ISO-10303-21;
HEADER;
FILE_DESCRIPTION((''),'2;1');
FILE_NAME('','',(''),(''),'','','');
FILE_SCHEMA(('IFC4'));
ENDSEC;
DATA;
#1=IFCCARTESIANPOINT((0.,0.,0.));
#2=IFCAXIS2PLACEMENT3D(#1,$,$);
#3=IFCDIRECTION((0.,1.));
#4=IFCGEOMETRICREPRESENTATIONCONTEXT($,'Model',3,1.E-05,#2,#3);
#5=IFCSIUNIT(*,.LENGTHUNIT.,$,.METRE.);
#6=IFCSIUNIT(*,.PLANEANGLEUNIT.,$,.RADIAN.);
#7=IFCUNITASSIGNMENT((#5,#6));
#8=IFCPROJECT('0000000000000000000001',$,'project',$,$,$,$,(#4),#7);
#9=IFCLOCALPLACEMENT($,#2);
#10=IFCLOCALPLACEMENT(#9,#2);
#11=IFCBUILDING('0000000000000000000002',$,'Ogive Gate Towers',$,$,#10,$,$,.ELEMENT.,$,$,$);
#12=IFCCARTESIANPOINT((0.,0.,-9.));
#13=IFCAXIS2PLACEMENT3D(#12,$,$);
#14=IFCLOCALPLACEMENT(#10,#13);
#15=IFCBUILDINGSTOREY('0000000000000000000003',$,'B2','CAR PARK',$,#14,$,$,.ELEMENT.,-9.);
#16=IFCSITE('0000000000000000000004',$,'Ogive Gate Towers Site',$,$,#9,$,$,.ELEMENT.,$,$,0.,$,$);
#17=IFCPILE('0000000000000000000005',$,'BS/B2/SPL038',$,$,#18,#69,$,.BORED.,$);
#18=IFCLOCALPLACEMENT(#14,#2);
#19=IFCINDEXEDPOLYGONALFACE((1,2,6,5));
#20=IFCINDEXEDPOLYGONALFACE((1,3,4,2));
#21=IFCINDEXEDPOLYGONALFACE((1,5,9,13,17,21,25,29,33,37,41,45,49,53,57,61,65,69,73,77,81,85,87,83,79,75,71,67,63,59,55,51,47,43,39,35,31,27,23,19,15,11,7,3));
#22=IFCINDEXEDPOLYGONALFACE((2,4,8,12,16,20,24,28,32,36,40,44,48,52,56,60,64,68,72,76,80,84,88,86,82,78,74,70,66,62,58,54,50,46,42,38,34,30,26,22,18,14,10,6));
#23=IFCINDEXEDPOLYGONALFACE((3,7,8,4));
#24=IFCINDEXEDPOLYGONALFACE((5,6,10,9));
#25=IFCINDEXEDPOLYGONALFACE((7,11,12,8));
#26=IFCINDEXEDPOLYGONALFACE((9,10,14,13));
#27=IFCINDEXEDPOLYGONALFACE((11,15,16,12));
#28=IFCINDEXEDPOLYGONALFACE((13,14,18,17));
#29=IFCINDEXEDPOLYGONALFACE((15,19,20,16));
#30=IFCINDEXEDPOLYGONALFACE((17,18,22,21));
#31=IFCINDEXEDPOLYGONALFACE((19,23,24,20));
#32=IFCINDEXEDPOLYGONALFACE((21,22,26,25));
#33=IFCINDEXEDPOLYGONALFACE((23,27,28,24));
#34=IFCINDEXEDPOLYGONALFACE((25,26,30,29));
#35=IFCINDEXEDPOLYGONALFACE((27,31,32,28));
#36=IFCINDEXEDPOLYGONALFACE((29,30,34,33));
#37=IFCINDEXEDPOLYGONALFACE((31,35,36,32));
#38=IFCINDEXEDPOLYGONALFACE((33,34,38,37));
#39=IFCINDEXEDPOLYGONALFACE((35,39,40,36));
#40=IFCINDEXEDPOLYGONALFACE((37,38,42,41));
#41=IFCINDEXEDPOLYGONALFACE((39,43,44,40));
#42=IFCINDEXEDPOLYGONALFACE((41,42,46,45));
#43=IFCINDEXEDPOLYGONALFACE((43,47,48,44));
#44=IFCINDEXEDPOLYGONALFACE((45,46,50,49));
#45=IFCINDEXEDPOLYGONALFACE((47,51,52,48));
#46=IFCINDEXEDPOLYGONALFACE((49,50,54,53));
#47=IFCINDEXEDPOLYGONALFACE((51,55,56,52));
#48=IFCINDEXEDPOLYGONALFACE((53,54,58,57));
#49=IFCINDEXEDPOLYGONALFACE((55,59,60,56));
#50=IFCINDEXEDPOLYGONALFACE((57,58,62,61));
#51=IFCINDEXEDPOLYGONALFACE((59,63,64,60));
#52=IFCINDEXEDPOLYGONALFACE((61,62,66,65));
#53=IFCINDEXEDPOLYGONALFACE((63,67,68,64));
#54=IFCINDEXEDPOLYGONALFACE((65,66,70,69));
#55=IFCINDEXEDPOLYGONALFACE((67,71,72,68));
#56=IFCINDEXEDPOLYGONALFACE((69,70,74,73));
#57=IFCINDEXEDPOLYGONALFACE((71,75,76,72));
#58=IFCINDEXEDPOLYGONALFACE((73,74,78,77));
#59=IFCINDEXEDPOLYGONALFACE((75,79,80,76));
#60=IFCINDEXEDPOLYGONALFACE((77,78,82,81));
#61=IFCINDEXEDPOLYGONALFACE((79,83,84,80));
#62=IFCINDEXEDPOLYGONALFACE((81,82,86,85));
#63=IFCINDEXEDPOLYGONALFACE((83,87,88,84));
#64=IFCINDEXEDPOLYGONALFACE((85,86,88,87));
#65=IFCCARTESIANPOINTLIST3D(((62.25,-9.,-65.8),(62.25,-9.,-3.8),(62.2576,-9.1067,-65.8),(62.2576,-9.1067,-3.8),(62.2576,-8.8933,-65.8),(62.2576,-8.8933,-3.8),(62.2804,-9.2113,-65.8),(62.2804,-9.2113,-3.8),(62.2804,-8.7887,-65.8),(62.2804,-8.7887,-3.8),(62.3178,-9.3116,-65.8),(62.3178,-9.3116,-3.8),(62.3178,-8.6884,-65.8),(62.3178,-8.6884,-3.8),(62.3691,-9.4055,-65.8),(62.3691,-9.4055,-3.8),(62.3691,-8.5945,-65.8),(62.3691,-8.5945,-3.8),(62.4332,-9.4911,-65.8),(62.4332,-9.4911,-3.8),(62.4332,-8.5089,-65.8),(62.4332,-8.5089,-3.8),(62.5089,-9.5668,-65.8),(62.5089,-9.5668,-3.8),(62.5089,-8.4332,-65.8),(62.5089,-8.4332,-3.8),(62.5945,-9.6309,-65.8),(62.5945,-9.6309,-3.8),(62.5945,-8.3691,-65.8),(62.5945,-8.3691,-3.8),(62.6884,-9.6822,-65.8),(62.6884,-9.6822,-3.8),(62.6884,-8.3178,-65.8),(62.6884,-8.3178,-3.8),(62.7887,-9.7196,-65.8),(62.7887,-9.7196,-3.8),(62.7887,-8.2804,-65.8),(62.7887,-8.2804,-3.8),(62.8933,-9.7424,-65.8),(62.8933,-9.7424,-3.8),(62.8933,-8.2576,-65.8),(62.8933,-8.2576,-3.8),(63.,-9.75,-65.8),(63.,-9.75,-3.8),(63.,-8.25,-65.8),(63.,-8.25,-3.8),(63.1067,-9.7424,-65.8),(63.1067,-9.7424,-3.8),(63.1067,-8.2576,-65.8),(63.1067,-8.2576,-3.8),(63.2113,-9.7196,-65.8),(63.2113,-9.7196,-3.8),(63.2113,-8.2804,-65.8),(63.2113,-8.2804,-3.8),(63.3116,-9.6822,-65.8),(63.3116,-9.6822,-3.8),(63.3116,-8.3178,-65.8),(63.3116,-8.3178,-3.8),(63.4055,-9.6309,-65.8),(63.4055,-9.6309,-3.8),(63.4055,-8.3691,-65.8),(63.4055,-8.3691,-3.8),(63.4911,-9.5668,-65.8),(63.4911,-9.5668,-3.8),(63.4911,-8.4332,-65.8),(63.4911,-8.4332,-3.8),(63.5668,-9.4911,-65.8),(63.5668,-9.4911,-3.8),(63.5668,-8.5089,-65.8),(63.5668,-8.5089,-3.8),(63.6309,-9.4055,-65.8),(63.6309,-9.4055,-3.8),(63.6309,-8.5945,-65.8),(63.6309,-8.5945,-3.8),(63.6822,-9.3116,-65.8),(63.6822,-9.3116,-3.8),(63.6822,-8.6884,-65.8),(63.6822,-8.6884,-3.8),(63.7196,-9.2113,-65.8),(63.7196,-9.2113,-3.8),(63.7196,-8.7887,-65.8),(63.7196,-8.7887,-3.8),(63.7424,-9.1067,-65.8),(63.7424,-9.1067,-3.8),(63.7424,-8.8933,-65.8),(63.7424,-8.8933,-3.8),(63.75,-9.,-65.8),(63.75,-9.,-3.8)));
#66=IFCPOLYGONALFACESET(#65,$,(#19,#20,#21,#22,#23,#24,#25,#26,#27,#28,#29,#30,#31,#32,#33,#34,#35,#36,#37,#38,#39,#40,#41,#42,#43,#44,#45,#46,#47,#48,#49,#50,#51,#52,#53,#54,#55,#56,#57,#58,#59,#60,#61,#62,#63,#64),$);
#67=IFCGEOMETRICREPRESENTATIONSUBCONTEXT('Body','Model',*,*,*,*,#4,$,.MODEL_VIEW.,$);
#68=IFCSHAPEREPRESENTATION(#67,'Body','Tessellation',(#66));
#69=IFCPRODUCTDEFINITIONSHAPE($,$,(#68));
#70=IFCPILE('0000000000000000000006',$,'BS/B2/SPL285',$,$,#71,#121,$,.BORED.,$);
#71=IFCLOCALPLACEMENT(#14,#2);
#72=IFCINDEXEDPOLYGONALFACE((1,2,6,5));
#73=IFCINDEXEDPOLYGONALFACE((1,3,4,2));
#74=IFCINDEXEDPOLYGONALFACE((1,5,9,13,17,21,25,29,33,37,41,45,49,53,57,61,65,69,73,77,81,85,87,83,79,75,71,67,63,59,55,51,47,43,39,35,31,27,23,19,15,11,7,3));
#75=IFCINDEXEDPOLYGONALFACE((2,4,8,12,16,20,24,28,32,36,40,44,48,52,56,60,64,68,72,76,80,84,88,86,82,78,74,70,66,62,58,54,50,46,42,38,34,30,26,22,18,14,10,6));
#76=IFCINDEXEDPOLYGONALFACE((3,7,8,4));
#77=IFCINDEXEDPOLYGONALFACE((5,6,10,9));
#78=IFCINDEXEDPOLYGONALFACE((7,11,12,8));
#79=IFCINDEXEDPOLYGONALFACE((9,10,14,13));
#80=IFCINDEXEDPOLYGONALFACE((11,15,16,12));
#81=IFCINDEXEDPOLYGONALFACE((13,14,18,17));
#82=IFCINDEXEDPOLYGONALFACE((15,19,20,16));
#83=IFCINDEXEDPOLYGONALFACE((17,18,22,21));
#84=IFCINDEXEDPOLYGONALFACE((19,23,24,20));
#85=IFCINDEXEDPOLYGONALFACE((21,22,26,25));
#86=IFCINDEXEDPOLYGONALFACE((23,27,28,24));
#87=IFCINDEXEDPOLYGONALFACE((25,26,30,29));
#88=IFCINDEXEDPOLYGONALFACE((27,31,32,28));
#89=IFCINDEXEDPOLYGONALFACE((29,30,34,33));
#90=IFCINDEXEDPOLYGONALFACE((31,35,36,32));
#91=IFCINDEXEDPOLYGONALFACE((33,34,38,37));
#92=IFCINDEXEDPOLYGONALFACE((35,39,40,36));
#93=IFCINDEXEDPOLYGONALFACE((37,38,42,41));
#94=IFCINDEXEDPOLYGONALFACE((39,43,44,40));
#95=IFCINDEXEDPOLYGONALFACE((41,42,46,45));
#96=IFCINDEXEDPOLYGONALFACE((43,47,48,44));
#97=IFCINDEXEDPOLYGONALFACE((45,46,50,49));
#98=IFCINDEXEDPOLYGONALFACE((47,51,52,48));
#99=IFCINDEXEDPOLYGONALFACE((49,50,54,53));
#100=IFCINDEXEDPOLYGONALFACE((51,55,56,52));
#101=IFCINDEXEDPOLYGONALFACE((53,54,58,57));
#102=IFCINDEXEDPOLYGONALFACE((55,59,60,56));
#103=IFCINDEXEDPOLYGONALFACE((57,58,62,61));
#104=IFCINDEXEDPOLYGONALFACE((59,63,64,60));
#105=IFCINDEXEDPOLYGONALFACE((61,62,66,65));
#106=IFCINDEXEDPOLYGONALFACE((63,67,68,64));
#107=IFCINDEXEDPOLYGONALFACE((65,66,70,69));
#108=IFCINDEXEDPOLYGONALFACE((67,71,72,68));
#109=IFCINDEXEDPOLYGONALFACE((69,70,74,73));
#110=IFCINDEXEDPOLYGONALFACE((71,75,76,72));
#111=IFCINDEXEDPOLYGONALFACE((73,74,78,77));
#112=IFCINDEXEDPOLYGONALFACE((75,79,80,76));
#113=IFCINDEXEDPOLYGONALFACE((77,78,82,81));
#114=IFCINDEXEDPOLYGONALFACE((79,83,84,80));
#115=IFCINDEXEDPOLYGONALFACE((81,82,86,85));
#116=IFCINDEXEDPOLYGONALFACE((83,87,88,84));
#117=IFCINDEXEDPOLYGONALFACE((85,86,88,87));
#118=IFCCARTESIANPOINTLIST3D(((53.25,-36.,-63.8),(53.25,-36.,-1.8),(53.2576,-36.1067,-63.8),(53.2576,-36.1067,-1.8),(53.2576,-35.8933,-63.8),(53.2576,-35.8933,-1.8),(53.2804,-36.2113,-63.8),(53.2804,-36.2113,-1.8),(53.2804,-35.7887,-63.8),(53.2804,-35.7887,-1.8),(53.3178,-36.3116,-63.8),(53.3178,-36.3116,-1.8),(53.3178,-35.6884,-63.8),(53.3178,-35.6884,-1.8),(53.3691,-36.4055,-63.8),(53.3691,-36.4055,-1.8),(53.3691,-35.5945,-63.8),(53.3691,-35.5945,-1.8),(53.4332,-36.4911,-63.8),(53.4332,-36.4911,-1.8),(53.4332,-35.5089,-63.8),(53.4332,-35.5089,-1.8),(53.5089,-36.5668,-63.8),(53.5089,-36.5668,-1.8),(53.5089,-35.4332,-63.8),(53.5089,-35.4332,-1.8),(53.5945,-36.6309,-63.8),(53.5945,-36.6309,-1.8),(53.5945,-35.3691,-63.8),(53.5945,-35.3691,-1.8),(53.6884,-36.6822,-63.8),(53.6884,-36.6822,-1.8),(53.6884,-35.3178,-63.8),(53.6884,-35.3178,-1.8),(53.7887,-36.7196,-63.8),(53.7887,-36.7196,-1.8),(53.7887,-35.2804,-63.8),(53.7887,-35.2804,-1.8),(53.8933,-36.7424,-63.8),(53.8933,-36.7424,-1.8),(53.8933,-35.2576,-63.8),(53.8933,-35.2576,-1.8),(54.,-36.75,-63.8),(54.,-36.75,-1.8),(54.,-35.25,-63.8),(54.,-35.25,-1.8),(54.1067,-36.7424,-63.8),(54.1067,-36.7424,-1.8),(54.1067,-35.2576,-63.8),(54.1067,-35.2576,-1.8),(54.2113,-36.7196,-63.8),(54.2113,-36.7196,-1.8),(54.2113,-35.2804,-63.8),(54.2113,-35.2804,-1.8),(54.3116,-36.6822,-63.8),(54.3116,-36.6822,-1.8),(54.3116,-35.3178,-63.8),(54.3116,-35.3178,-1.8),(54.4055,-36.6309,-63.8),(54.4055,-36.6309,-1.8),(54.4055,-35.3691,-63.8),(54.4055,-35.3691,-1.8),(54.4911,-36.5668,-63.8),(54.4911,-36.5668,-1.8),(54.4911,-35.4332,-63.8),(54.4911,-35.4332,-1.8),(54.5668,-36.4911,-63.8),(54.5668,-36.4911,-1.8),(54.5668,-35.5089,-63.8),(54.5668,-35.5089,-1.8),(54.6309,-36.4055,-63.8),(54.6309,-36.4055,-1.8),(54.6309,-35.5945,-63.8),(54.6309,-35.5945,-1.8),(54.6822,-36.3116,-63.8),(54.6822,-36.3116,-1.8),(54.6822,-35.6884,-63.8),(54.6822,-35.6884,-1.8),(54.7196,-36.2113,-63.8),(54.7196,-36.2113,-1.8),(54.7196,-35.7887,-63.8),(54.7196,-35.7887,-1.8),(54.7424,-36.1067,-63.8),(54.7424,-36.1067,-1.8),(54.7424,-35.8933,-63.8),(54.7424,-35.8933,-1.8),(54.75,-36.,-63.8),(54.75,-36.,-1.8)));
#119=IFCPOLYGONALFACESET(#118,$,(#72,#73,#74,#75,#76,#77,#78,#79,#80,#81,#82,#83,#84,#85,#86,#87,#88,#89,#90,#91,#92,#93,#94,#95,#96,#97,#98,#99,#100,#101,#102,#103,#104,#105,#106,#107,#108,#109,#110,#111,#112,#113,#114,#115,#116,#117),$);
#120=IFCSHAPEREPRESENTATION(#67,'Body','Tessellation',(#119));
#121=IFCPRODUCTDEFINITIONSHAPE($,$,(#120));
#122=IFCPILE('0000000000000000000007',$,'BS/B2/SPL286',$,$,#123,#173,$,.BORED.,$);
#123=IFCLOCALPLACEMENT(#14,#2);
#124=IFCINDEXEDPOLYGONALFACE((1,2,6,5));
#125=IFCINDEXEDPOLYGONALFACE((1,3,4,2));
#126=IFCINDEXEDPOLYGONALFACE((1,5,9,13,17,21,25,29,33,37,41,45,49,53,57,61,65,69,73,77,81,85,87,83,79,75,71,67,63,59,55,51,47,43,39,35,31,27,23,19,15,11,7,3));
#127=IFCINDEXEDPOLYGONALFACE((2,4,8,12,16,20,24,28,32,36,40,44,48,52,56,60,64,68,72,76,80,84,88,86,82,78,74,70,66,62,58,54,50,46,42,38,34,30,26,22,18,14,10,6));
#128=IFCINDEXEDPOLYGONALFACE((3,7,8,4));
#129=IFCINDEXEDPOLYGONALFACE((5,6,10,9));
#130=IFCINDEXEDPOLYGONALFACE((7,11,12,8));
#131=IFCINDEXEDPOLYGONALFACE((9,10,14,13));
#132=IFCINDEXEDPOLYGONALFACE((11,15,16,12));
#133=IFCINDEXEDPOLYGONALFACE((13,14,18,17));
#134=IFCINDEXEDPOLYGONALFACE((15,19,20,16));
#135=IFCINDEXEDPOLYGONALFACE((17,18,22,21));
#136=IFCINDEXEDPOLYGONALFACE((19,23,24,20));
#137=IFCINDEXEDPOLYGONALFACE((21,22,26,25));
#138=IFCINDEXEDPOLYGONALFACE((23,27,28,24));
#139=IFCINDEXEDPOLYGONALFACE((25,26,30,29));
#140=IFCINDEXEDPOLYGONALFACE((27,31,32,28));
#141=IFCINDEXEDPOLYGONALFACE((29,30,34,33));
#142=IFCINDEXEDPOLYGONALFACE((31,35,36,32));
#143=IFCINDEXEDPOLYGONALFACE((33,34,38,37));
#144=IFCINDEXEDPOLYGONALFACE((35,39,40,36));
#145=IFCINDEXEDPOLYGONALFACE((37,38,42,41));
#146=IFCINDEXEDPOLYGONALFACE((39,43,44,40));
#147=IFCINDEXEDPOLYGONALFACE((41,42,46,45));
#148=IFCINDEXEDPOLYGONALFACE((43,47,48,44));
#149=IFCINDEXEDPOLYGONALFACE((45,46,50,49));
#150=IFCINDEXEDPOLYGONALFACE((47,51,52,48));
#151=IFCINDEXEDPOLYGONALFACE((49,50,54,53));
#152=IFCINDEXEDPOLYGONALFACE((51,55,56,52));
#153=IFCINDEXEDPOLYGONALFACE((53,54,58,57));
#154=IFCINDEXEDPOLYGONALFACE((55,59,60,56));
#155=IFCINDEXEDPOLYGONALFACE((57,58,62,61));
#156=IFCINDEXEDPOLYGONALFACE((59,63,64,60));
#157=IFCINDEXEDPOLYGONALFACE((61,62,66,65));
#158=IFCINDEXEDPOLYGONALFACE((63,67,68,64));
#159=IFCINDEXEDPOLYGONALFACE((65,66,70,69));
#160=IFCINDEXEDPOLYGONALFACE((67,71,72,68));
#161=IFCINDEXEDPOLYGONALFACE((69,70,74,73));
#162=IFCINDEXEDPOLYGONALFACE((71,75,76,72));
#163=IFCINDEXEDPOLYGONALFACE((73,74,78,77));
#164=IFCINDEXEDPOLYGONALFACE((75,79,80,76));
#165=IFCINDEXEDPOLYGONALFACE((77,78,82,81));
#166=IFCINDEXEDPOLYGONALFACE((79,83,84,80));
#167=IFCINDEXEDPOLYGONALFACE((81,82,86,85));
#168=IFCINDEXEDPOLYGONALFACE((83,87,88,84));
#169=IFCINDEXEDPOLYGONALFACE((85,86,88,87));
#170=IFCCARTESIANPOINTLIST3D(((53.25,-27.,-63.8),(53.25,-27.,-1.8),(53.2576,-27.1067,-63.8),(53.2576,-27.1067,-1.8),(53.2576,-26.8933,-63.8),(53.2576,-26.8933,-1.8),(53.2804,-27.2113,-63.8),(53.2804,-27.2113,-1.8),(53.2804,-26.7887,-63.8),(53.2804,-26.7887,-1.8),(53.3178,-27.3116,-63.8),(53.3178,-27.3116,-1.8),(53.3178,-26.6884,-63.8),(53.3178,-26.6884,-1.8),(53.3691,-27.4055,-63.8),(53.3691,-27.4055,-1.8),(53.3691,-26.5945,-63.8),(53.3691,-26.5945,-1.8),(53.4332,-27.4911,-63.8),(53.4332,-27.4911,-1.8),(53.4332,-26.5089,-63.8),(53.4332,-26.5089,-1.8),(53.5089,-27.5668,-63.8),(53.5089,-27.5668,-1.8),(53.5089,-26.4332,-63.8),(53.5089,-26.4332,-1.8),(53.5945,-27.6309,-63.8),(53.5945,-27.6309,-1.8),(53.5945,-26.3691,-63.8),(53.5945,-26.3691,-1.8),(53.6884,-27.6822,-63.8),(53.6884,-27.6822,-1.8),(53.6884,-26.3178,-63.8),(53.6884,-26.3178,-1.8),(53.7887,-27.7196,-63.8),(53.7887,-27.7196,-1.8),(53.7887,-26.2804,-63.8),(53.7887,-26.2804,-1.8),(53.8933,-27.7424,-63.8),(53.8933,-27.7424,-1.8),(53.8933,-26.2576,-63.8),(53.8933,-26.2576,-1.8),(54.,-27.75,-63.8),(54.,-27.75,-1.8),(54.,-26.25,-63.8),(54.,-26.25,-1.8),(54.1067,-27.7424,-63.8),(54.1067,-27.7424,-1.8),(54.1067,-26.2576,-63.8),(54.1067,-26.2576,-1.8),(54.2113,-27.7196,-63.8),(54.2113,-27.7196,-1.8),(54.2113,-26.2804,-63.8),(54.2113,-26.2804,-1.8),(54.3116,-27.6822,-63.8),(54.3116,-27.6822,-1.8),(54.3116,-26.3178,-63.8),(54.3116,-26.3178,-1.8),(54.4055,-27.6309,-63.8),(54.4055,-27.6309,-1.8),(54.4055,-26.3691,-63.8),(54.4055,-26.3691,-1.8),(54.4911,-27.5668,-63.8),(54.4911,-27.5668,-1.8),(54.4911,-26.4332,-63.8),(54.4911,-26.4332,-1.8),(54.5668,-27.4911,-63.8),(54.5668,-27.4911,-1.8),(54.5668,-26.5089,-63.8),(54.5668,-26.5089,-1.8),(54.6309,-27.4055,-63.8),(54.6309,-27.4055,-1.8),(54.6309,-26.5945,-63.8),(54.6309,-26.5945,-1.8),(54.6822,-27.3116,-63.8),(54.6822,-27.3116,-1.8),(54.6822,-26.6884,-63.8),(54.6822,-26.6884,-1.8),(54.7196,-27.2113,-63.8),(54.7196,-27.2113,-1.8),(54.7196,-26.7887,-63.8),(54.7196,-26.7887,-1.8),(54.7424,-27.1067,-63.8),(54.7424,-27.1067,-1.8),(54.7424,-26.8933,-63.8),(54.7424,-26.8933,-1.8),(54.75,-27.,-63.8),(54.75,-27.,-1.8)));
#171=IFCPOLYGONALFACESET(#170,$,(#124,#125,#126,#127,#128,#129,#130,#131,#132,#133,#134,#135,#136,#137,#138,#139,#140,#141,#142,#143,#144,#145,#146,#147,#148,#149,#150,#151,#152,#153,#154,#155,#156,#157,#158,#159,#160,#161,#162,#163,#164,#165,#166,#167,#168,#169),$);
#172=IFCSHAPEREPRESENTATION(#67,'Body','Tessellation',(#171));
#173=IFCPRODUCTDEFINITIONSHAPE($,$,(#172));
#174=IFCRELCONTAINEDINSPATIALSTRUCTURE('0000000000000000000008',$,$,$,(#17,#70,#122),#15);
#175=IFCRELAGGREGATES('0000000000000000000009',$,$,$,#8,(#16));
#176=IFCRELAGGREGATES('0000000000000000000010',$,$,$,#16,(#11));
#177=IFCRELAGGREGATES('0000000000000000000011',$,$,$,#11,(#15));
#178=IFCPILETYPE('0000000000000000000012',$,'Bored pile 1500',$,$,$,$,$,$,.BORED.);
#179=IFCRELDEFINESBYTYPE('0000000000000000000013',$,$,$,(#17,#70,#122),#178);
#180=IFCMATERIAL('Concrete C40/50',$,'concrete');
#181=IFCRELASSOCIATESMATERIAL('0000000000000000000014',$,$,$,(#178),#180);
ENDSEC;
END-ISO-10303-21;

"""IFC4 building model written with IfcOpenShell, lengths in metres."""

from ifc_helpers import new_model, si_unit, direction, frame, origin, origin_2d, place, context, subcontext, project, spatial, circle, extrude, material, material_profile, profile_set, type_object, element, save


model = new_model("IFC4")

# Units and contexts
model_context = context("Model", 3, precision=1e-05, world=origin(), true_north=direction((0.0, 1.0)))
body_context = subcontext(model_context, "Body", "Model", "MODEL_VIEW")
ifc_project = project(units=[si_unit("LENGTHUNIT", "METRE"), si_unit("PLANEANGLEUNIT", "RADIAN")], contexts=[model_context])

# Site, building, storey
site_placement = place(None, origin())
site = spatial("IfcSite", under=ifc_project, at=site_placement, Name="Ogive Gate Towers Site", CompositionType="ELEMENT", RefElevation=0.0)
building_placement = place(site_placement, origin())
building = spatial("IfcBuilding", under=site, at=building_placement, Name="Ogive Gate Towers", CompositionType="ELEMENT")
storey_placement = place(building_placement, frame((0.0, 0.0, -9.0)))
storey = spatial("IfcBuildingStorey", under=building, at=storey_placement, Name="B2", Description="CAR PARK", CompositionType="ELEMENT", Elevation=-9.0)

# Piles
ifc_material_1 = material(Name="Concrete C40/50", Category="concrete")
ifc_material_profile_1 = material_profile(ifc_material_1, circle(Radius=0.75, at=origin_2d()), Name="BP 1500")
ifc_profile_set_1 = profile_set([ifc_material_profile_1], Name="Concrete C40/50")
pile_type = type_object("IfcPileType", Name="Bored pile 1500", PredefinedType="BORED", material=ifc_profile_set_1)
for number, where, z_axis, x_axis, name in (
    (1, (63.0, -9.0, -3.8), (0.0, 0.0, -1.0), (1.0, 0.0, 0.0), "BS/B2/SPL038"),
    (2, (54.0, -36.0, -1.8), (0.0, 0.0, -1.0), (1.0, 0.0, 0.0), "BS/B2/SPL285"),
    (3, (54.0, -27.0, -1.8), (0.0, 0.0, -1.0), (1.0, 0.0, 0.0), "BS/B2/SPL286"),
):
    element("IfcPile", number, at=place(storey_placement, frame(where, z_axis=z_axis, x_axis=x_axis)), inside=storey, type_object=pile_type, Name=name, PredefinedType="BORED", context=body_context, shape_type="SweptSolid", body=[
        extrude(circle(Radius=0.75, at=origin_2d()), origin(), (0.0, 0.0, 1.0), 62.0),
    ])

save(model, "model.ifc")
